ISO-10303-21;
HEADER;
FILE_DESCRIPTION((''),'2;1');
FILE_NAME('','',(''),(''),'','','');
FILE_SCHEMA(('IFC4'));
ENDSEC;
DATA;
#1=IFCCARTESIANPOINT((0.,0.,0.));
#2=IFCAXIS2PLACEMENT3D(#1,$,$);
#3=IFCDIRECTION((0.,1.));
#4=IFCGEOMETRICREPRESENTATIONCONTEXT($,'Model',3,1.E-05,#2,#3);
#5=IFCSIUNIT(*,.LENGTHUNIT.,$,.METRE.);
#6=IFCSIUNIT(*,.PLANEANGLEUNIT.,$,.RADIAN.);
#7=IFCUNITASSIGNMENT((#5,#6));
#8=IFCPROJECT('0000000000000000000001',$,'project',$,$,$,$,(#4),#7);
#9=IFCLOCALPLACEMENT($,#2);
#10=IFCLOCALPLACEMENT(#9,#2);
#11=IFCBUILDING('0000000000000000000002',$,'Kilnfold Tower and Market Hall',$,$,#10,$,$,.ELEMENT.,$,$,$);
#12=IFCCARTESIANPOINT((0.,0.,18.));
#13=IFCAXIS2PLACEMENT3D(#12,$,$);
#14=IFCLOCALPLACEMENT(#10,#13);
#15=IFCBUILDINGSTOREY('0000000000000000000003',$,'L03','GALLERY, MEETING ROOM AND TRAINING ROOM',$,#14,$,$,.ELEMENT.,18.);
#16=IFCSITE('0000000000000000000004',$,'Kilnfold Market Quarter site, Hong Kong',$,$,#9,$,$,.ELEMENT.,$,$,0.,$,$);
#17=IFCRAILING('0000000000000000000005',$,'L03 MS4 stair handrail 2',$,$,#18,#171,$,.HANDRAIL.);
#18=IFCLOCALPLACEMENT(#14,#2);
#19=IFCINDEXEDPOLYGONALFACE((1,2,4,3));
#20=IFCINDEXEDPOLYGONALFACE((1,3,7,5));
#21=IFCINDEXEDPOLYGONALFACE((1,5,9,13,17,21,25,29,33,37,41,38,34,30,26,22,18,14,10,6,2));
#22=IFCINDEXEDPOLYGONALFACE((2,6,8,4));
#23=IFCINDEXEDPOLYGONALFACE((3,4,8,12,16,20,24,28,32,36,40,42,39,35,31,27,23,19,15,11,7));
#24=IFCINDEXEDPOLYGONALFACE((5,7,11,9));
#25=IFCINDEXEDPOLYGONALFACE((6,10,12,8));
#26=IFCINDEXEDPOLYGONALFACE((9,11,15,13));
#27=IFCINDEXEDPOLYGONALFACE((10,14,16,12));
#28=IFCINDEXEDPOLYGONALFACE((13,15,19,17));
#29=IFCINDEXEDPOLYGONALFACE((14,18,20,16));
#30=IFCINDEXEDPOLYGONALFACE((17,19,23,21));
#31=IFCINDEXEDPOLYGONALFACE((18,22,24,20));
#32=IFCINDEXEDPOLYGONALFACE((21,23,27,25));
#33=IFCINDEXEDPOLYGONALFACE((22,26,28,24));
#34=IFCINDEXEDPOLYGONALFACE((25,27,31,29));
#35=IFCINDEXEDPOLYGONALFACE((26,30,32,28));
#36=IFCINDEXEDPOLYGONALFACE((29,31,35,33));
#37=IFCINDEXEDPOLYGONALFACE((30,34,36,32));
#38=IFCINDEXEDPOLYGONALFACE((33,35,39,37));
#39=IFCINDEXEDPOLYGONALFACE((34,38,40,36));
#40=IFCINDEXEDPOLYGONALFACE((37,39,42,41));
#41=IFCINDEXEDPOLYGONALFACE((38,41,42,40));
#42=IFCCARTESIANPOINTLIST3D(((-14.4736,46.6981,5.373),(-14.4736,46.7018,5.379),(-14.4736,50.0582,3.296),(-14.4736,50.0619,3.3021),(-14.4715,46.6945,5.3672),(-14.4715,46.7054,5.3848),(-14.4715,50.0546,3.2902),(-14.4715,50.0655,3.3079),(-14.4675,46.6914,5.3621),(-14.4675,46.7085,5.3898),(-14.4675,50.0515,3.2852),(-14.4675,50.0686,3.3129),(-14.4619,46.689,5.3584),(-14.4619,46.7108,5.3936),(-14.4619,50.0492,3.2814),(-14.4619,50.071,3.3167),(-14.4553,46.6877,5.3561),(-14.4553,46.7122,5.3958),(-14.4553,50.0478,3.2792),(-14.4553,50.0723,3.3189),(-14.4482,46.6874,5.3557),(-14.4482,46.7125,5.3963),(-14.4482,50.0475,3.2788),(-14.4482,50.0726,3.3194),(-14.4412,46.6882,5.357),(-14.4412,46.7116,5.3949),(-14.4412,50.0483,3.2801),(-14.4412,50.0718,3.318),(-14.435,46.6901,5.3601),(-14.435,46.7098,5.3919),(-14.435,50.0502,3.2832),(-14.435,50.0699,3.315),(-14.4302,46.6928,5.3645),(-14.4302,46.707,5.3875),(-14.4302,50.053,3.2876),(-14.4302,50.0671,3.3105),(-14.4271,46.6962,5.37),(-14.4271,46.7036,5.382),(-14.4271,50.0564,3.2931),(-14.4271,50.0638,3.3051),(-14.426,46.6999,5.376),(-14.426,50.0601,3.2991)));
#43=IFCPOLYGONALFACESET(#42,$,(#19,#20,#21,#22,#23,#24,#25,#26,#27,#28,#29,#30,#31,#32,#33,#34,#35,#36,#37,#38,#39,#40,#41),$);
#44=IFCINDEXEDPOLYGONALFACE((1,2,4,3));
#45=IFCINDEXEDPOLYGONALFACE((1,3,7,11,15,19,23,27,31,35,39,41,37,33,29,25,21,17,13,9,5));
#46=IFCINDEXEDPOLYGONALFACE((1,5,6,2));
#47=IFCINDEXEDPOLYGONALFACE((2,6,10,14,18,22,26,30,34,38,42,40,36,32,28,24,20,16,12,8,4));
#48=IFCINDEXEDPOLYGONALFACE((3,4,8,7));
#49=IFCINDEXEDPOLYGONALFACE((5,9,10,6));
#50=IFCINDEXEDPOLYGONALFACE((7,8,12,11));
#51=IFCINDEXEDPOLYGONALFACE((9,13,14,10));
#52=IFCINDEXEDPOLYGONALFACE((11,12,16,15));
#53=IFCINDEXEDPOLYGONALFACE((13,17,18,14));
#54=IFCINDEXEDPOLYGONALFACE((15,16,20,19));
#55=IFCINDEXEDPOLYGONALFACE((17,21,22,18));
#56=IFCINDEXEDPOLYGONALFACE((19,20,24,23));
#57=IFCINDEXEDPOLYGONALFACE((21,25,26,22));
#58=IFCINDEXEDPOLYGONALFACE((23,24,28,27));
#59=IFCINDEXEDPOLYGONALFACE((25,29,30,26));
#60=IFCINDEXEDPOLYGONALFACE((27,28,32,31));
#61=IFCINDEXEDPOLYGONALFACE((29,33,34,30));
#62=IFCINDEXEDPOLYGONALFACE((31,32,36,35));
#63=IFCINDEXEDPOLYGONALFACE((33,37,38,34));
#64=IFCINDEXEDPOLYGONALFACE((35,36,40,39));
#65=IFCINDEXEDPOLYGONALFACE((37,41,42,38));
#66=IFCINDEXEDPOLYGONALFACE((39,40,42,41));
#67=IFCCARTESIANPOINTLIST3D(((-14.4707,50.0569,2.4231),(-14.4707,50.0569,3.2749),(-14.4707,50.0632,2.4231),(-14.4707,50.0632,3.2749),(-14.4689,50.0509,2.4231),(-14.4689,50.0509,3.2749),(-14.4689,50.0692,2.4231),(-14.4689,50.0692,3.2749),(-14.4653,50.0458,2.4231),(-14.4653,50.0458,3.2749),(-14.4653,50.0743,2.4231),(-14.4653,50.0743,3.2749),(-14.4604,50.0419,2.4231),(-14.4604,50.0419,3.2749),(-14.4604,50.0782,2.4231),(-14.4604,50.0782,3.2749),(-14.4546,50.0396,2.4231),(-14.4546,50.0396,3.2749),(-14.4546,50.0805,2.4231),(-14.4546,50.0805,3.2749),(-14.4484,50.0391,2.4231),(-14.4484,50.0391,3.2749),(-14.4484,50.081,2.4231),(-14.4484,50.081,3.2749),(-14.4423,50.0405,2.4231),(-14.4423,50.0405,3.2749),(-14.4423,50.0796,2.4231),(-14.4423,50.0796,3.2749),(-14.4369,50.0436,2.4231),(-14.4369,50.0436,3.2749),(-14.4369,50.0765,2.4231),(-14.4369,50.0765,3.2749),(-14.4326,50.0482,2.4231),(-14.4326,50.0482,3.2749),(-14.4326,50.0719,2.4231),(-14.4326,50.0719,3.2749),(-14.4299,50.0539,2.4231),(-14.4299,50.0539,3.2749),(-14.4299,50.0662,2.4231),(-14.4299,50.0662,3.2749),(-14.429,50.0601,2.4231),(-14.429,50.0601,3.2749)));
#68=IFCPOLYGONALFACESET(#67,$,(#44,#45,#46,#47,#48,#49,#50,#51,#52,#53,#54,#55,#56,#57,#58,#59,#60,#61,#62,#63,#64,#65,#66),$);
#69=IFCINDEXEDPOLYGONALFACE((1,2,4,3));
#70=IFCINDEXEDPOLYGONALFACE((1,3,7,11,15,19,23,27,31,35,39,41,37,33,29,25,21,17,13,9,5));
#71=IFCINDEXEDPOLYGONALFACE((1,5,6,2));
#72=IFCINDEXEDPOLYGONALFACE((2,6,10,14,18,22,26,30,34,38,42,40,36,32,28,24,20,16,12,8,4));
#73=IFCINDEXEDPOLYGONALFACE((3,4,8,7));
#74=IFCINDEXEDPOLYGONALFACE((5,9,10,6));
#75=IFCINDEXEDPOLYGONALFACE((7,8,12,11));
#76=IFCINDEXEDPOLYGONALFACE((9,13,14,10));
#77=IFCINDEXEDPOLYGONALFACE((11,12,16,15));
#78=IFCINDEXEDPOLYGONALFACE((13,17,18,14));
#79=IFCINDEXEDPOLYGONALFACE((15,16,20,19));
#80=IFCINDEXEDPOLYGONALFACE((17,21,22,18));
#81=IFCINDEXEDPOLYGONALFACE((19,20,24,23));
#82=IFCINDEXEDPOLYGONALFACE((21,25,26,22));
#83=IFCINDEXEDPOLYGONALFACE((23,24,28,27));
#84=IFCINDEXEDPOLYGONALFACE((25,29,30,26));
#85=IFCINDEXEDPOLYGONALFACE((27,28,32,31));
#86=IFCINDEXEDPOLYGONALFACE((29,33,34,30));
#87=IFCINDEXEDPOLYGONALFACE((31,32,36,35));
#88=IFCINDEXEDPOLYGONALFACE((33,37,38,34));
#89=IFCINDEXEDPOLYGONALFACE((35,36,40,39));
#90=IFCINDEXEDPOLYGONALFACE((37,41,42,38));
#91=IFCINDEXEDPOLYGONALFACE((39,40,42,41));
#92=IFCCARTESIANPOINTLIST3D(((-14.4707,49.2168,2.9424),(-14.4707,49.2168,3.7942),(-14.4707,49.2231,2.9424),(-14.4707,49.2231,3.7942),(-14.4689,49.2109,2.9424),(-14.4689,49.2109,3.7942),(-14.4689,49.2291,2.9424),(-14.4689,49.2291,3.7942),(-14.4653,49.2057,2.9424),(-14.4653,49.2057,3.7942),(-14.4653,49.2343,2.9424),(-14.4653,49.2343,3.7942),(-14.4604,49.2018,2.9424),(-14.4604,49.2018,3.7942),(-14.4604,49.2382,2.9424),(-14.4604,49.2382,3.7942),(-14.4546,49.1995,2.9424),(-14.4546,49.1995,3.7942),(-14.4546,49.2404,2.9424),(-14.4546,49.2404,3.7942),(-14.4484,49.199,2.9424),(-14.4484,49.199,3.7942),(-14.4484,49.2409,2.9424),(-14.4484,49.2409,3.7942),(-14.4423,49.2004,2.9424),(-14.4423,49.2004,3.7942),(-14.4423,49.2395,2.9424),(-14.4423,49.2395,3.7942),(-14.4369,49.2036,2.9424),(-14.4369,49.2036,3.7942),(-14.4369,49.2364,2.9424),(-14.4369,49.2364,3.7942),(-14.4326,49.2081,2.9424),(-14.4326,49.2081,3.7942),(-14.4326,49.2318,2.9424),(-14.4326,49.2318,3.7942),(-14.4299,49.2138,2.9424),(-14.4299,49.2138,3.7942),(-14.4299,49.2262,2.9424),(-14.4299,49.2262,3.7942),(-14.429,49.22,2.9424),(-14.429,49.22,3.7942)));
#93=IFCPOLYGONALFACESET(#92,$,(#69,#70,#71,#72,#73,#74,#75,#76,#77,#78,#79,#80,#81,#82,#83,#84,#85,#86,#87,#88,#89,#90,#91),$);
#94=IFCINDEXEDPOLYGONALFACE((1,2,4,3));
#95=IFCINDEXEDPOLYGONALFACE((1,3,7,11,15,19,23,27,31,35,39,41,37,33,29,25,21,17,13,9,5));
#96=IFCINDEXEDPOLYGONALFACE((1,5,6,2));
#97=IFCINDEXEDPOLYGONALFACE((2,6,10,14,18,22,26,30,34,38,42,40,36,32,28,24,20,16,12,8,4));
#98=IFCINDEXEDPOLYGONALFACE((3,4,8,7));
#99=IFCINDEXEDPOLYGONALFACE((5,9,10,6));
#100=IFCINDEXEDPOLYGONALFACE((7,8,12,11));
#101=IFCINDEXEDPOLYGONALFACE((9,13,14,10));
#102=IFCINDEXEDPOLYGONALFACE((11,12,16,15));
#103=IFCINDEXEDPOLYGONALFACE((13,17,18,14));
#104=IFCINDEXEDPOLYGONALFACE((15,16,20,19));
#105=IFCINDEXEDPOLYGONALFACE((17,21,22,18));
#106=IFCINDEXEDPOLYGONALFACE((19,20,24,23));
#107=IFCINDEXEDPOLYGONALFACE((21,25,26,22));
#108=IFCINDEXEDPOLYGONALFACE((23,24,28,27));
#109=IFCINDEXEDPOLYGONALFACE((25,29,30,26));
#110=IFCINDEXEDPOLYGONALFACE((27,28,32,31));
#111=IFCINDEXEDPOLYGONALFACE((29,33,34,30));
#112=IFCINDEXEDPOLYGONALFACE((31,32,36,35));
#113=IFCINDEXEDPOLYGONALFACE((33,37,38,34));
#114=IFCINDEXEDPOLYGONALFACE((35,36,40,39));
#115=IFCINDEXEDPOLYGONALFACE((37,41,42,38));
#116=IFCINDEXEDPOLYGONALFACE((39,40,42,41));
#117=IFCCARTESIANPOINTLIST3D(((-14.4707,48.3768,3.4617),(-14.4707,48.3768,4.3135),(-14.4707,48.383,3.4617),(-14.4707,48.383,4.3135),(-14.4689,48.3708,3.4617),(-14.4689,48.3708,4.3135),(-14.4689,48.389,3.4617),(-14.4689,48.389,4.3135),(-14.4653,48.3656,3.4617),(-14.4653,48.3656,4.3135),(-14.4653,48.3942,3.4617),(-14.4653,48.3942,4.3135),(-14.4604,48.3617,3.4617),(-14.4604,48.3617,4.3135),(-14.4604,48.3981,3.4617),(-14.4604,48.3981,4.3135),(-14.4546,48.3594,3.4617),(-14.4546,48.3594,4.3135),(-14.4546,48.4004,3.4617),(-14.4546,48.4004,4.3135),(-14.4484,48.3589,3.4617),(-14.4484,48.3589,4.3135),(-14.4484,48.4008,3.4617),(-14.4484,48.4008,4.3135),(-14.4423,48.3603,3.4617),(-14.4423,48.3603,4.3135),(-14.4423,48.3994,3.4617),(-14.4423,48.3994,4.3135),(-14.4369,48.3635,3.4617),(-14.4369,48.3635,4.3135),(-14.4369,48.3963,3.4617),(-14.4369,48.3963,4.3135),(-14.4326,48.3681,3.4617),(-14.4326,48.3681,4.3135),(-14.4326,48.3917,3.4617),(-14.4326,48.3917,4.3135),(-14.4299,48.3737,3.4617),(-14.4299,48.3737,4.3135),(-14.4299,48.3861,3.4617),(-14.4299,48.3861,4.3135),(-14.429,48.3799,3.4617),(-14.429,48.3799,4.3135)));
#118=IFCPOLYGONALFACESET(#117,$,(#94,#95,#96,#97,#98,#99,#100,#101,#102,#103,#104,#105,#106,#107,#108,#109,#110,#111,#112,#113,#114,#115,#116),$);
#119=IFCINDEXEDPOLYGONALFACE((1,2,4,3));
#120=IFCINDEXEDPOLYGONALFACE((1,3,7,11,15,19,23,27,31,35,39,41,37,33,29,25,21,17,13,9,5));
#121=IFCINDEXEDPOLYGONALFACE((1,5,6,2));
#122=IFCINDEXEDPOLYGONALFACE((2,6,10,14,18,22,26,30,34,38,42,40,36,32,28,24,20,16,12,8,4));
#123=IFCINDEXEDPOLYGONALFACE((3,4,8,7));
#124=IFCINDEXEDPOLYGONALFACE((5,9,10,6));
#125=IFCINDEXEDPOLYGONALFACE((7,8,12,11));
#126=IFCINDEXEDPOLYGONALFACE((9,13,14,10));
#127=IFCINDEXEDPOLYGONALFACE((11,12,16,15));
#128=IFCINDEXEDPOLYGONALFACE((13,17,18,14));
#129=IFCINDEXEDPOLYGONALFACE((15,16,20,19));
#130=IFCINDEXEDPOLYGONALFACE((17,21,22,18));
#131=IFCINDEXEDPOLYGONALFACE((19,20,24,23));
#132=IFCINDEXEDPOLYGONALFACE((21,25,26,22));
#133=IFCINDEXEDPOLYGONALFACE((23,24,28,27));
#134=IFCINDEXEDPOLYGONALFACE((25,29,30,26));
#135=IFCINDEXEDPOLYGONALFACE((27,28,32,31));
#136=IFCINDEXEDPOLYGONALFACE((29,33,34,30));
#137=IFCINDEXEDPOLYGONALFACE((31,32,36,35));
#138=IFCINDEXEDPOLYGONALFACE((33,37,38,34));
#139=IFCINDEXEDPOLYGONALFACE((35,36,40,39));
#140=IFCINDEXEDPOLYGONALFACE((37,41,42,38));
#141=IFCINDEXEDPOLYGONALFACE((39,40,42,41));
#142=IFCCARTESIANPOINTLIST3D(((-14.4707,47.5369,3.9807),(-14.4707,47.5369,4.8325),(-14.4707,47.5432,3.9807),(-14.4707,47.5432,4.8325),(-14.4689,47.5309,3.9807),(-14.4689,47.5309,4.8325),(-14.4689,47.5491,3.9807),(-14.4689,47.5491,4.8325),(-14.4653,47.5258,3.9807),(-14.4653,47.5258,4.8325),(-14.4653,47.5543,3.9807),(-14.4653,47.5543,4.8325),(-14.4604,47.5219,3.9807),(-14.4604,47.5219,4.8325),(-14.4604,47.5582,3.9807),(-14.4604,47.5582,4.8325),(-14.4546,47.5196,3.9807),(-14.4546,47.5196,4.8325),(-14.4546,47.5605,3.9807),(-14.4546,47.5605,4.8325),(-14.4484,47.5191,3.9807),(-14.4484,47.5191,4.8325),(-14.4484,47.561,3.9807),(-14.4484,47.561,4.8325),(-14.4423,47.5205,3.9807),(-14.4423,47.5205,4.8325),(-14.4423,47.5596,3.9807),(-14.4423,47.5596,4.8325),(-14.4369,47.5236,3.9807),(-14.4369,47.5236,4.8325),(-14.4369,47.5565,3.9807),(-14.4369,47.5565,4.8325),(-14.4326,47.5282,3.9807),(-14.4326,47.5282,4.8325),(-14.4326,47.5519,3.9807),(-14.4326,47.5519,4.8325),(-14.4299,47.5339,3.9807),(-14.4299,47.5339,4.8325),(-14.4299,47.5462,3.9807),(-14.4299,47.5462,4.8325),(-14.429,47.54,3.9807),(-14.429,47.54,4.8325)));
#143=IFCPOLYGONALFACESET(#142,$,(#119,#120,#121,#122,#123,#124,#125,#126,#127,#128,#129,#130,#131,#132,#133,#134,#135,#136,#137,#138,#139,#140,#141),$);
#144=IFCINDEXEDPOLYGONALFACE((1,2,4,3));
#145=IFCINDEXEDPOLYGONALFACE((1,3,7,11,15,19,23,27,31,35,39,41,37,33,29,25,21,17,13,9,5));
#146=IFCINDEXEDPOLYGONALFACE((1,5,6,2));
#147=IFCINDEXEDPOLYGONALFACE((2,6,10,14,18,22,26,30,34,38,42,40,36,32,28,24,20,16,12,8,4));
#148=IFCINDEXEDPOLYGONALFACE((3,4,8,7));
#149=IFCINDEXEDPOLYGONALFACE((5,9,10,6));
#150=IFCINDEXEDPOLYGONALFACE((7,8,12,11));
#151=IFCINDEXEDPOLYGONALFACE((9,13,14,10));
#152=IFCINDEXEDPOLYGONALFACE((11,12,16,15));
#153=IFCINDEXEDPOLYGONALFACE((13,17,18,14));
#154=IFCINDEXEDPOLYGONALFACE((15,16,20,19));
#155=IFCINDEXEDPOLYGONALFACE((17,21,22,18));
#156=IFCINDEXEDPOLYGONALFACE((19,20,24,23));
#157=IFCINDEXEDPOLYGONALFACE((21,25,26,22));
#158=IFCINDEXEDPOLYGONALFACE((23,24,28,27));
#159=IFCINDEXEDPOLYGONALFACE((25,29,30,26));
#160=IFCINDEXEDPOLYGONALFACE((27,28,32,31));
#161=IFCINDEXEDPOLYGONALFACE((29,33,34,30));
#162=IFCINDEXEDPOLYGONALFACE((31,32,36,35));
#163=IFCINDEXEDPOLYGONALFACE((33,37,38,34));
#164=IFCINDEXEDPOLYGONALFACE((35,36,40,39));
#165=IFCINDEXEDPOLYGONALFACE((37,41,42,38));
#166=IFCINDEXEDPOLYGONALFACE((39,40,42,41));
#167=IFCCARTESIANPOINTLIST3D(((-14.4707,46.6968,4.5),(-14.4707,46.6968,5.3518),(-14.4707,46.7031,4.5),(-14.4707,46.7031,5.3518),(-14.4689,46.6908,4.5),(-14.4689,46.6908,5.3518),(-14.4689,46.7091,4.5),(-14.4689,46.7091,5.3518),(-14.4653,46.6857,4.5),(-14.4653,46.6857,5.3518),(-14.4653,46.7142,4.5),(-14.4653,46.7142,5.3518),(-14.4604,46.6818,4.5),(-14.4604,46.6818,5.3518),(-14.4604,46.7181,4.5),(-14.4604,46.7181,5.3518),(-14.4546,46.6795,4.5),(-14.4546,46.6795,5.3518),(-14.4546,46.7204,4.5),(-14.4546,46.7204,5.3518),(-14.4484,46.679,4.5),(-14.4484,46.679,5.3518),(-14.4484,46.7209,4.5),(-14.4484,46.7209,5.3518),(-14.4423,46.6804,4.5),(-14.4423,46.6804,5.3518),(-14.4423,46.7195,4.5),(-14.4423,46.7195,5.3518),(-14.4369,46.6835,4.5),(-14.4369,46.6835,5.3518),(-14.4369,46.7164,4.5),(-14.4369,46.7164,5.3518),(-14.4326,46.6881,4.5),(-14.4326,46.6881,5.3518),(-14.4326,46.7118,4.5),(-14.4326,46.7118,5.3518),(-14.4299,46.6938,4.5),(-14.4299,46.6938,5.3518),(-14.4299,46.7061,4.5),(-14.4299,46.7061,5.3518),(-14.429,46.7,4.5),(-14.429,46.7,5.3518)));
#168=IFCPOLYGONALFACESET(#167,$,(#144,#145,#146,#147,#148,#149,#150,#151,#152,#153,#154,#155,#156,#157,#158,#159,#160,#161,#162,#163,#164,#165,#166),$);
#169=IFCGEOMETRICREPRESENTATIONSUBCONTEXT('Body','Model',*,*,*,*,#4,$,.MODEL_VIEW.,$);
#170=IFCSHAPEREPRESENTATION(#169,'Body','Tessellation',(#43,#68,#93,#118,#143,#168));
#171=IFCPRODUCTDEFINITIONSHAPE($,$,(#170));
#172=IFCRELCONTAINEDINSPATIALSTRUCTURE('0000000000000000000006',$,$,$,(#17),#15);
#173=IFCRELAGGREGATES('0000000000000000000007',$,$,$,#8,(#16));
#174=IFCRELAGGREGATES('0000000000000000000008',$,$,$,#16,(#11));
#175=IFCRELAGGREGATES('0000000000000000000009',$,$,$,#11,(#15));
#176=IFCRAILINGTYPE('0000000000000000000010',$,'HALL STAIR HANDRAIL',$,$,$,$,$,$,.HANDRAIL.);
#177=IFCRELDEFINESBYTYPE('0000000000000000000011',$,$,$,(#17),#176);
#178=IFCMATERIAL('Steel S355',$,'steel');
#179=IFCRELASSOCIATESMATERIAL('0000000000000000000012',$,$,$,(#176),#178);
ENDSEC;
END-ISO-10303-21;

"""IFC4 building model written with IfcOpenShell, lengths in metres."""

from ifc_helpers import new_model, si_unit, direction, frame, origin, origin_2d, place, context, subcontext, project, spatial, circle, extrude, material, type_object, element, save


model = new_model("IFC4")

# Units and contexts
model_context = context("Model", 3, precision=1e-05, world=origin(), true_north=direction((0.0, 1.0)))
body_context = subcontext(model_context, "Body", "Model", "MODEL_VIEW")
ifc_project = project(units=[si_unit("LENGTHUNIT", "METRE"), si_unit("PLANEANGLEUNIT", "RADIAN")], contexts=[model_context])

# Site, building, storey
site_placement = place(None, origin())
site = spatial("IfcSite", under=ifc_project, at=site_placement, Name="Kilnfold Market Quarter site, Hong Kong", CompositionType="ELEMENT", RefElevation=0.0)
building_placement = place(site_placement, origin())
building = spatial("IfcBuilding", under=site, at=building_placement, Name="Kilnfold Tower and Market Hall", CompositionType="ELEMENT")
storey_placement = place(building_placement, frame((0.0, 0.0, 18.0)))
storey = spatial("IfcBuildingStorey", under=building, at=storey_placement, Name="L03", Description="GALLERY, MEETING ROOM AND TRAINING ROOM", CompositionType="ELEMENT", Elevation=18.0)

# Railing
ifc_material_1 = material(Name="Steel S355", Category="steel")
railing_type_1 = type_object("IfcRailingType", Name="HALL STAIR HANDRAIL", PredefinedType="HANDRAIL", material=ifc_material_1)
railing_1_placement = place(storey_placement, frame((-14.45, 50.0601, 2.4231)))
element("IfcRailing", 1, at=railing_1_placement, inside=storey, type_object=railing_type_1, Name="L03 MS4 stair handrail 2", PredefinedType="HANDRAIL", context=body_context, shape_type="SweptSolid", body=[
    extrude(circle(Radius=0.0239, at=origin_2d()), frame((0.0, 0.0, 0.876), z_axis=(0.0, -0.850623, 0.525776), x_axis=(1.0, 0.0, 0.0)), (0.0, 0.0, 1.0), 3.9502),
    extrude(circle(Radius=0.021, at=origin_2d()), origin(), (0.0, 0.0, 1.0), 0.8518),
    extrude(circle(Radius=0.021, at=origin_2d()), frame((0.0, -0.8401, 0.5193)), (0.0, 0.0, 1.0), 0.8518),
    extrude(circle(Radius=0.021, at=origin_2d()), frame((0.0, -1.6802, 1.0386)), (0.0, 0.0, 1.0), 0.8518),
    extrude(circle(Radius=0.021, at=origin_2d()), frame((0.0, -2.52, 1.5576)), (0.0, 0.0, 1.0), 0.8518),
    extrude(circle(Radius=0.021, at=origin_2d()), frame((0.0, -3.3601, 2.0769)), (0.0, 0.0, 1.0), 0.8518),
])

save(model, "model.ifc")
